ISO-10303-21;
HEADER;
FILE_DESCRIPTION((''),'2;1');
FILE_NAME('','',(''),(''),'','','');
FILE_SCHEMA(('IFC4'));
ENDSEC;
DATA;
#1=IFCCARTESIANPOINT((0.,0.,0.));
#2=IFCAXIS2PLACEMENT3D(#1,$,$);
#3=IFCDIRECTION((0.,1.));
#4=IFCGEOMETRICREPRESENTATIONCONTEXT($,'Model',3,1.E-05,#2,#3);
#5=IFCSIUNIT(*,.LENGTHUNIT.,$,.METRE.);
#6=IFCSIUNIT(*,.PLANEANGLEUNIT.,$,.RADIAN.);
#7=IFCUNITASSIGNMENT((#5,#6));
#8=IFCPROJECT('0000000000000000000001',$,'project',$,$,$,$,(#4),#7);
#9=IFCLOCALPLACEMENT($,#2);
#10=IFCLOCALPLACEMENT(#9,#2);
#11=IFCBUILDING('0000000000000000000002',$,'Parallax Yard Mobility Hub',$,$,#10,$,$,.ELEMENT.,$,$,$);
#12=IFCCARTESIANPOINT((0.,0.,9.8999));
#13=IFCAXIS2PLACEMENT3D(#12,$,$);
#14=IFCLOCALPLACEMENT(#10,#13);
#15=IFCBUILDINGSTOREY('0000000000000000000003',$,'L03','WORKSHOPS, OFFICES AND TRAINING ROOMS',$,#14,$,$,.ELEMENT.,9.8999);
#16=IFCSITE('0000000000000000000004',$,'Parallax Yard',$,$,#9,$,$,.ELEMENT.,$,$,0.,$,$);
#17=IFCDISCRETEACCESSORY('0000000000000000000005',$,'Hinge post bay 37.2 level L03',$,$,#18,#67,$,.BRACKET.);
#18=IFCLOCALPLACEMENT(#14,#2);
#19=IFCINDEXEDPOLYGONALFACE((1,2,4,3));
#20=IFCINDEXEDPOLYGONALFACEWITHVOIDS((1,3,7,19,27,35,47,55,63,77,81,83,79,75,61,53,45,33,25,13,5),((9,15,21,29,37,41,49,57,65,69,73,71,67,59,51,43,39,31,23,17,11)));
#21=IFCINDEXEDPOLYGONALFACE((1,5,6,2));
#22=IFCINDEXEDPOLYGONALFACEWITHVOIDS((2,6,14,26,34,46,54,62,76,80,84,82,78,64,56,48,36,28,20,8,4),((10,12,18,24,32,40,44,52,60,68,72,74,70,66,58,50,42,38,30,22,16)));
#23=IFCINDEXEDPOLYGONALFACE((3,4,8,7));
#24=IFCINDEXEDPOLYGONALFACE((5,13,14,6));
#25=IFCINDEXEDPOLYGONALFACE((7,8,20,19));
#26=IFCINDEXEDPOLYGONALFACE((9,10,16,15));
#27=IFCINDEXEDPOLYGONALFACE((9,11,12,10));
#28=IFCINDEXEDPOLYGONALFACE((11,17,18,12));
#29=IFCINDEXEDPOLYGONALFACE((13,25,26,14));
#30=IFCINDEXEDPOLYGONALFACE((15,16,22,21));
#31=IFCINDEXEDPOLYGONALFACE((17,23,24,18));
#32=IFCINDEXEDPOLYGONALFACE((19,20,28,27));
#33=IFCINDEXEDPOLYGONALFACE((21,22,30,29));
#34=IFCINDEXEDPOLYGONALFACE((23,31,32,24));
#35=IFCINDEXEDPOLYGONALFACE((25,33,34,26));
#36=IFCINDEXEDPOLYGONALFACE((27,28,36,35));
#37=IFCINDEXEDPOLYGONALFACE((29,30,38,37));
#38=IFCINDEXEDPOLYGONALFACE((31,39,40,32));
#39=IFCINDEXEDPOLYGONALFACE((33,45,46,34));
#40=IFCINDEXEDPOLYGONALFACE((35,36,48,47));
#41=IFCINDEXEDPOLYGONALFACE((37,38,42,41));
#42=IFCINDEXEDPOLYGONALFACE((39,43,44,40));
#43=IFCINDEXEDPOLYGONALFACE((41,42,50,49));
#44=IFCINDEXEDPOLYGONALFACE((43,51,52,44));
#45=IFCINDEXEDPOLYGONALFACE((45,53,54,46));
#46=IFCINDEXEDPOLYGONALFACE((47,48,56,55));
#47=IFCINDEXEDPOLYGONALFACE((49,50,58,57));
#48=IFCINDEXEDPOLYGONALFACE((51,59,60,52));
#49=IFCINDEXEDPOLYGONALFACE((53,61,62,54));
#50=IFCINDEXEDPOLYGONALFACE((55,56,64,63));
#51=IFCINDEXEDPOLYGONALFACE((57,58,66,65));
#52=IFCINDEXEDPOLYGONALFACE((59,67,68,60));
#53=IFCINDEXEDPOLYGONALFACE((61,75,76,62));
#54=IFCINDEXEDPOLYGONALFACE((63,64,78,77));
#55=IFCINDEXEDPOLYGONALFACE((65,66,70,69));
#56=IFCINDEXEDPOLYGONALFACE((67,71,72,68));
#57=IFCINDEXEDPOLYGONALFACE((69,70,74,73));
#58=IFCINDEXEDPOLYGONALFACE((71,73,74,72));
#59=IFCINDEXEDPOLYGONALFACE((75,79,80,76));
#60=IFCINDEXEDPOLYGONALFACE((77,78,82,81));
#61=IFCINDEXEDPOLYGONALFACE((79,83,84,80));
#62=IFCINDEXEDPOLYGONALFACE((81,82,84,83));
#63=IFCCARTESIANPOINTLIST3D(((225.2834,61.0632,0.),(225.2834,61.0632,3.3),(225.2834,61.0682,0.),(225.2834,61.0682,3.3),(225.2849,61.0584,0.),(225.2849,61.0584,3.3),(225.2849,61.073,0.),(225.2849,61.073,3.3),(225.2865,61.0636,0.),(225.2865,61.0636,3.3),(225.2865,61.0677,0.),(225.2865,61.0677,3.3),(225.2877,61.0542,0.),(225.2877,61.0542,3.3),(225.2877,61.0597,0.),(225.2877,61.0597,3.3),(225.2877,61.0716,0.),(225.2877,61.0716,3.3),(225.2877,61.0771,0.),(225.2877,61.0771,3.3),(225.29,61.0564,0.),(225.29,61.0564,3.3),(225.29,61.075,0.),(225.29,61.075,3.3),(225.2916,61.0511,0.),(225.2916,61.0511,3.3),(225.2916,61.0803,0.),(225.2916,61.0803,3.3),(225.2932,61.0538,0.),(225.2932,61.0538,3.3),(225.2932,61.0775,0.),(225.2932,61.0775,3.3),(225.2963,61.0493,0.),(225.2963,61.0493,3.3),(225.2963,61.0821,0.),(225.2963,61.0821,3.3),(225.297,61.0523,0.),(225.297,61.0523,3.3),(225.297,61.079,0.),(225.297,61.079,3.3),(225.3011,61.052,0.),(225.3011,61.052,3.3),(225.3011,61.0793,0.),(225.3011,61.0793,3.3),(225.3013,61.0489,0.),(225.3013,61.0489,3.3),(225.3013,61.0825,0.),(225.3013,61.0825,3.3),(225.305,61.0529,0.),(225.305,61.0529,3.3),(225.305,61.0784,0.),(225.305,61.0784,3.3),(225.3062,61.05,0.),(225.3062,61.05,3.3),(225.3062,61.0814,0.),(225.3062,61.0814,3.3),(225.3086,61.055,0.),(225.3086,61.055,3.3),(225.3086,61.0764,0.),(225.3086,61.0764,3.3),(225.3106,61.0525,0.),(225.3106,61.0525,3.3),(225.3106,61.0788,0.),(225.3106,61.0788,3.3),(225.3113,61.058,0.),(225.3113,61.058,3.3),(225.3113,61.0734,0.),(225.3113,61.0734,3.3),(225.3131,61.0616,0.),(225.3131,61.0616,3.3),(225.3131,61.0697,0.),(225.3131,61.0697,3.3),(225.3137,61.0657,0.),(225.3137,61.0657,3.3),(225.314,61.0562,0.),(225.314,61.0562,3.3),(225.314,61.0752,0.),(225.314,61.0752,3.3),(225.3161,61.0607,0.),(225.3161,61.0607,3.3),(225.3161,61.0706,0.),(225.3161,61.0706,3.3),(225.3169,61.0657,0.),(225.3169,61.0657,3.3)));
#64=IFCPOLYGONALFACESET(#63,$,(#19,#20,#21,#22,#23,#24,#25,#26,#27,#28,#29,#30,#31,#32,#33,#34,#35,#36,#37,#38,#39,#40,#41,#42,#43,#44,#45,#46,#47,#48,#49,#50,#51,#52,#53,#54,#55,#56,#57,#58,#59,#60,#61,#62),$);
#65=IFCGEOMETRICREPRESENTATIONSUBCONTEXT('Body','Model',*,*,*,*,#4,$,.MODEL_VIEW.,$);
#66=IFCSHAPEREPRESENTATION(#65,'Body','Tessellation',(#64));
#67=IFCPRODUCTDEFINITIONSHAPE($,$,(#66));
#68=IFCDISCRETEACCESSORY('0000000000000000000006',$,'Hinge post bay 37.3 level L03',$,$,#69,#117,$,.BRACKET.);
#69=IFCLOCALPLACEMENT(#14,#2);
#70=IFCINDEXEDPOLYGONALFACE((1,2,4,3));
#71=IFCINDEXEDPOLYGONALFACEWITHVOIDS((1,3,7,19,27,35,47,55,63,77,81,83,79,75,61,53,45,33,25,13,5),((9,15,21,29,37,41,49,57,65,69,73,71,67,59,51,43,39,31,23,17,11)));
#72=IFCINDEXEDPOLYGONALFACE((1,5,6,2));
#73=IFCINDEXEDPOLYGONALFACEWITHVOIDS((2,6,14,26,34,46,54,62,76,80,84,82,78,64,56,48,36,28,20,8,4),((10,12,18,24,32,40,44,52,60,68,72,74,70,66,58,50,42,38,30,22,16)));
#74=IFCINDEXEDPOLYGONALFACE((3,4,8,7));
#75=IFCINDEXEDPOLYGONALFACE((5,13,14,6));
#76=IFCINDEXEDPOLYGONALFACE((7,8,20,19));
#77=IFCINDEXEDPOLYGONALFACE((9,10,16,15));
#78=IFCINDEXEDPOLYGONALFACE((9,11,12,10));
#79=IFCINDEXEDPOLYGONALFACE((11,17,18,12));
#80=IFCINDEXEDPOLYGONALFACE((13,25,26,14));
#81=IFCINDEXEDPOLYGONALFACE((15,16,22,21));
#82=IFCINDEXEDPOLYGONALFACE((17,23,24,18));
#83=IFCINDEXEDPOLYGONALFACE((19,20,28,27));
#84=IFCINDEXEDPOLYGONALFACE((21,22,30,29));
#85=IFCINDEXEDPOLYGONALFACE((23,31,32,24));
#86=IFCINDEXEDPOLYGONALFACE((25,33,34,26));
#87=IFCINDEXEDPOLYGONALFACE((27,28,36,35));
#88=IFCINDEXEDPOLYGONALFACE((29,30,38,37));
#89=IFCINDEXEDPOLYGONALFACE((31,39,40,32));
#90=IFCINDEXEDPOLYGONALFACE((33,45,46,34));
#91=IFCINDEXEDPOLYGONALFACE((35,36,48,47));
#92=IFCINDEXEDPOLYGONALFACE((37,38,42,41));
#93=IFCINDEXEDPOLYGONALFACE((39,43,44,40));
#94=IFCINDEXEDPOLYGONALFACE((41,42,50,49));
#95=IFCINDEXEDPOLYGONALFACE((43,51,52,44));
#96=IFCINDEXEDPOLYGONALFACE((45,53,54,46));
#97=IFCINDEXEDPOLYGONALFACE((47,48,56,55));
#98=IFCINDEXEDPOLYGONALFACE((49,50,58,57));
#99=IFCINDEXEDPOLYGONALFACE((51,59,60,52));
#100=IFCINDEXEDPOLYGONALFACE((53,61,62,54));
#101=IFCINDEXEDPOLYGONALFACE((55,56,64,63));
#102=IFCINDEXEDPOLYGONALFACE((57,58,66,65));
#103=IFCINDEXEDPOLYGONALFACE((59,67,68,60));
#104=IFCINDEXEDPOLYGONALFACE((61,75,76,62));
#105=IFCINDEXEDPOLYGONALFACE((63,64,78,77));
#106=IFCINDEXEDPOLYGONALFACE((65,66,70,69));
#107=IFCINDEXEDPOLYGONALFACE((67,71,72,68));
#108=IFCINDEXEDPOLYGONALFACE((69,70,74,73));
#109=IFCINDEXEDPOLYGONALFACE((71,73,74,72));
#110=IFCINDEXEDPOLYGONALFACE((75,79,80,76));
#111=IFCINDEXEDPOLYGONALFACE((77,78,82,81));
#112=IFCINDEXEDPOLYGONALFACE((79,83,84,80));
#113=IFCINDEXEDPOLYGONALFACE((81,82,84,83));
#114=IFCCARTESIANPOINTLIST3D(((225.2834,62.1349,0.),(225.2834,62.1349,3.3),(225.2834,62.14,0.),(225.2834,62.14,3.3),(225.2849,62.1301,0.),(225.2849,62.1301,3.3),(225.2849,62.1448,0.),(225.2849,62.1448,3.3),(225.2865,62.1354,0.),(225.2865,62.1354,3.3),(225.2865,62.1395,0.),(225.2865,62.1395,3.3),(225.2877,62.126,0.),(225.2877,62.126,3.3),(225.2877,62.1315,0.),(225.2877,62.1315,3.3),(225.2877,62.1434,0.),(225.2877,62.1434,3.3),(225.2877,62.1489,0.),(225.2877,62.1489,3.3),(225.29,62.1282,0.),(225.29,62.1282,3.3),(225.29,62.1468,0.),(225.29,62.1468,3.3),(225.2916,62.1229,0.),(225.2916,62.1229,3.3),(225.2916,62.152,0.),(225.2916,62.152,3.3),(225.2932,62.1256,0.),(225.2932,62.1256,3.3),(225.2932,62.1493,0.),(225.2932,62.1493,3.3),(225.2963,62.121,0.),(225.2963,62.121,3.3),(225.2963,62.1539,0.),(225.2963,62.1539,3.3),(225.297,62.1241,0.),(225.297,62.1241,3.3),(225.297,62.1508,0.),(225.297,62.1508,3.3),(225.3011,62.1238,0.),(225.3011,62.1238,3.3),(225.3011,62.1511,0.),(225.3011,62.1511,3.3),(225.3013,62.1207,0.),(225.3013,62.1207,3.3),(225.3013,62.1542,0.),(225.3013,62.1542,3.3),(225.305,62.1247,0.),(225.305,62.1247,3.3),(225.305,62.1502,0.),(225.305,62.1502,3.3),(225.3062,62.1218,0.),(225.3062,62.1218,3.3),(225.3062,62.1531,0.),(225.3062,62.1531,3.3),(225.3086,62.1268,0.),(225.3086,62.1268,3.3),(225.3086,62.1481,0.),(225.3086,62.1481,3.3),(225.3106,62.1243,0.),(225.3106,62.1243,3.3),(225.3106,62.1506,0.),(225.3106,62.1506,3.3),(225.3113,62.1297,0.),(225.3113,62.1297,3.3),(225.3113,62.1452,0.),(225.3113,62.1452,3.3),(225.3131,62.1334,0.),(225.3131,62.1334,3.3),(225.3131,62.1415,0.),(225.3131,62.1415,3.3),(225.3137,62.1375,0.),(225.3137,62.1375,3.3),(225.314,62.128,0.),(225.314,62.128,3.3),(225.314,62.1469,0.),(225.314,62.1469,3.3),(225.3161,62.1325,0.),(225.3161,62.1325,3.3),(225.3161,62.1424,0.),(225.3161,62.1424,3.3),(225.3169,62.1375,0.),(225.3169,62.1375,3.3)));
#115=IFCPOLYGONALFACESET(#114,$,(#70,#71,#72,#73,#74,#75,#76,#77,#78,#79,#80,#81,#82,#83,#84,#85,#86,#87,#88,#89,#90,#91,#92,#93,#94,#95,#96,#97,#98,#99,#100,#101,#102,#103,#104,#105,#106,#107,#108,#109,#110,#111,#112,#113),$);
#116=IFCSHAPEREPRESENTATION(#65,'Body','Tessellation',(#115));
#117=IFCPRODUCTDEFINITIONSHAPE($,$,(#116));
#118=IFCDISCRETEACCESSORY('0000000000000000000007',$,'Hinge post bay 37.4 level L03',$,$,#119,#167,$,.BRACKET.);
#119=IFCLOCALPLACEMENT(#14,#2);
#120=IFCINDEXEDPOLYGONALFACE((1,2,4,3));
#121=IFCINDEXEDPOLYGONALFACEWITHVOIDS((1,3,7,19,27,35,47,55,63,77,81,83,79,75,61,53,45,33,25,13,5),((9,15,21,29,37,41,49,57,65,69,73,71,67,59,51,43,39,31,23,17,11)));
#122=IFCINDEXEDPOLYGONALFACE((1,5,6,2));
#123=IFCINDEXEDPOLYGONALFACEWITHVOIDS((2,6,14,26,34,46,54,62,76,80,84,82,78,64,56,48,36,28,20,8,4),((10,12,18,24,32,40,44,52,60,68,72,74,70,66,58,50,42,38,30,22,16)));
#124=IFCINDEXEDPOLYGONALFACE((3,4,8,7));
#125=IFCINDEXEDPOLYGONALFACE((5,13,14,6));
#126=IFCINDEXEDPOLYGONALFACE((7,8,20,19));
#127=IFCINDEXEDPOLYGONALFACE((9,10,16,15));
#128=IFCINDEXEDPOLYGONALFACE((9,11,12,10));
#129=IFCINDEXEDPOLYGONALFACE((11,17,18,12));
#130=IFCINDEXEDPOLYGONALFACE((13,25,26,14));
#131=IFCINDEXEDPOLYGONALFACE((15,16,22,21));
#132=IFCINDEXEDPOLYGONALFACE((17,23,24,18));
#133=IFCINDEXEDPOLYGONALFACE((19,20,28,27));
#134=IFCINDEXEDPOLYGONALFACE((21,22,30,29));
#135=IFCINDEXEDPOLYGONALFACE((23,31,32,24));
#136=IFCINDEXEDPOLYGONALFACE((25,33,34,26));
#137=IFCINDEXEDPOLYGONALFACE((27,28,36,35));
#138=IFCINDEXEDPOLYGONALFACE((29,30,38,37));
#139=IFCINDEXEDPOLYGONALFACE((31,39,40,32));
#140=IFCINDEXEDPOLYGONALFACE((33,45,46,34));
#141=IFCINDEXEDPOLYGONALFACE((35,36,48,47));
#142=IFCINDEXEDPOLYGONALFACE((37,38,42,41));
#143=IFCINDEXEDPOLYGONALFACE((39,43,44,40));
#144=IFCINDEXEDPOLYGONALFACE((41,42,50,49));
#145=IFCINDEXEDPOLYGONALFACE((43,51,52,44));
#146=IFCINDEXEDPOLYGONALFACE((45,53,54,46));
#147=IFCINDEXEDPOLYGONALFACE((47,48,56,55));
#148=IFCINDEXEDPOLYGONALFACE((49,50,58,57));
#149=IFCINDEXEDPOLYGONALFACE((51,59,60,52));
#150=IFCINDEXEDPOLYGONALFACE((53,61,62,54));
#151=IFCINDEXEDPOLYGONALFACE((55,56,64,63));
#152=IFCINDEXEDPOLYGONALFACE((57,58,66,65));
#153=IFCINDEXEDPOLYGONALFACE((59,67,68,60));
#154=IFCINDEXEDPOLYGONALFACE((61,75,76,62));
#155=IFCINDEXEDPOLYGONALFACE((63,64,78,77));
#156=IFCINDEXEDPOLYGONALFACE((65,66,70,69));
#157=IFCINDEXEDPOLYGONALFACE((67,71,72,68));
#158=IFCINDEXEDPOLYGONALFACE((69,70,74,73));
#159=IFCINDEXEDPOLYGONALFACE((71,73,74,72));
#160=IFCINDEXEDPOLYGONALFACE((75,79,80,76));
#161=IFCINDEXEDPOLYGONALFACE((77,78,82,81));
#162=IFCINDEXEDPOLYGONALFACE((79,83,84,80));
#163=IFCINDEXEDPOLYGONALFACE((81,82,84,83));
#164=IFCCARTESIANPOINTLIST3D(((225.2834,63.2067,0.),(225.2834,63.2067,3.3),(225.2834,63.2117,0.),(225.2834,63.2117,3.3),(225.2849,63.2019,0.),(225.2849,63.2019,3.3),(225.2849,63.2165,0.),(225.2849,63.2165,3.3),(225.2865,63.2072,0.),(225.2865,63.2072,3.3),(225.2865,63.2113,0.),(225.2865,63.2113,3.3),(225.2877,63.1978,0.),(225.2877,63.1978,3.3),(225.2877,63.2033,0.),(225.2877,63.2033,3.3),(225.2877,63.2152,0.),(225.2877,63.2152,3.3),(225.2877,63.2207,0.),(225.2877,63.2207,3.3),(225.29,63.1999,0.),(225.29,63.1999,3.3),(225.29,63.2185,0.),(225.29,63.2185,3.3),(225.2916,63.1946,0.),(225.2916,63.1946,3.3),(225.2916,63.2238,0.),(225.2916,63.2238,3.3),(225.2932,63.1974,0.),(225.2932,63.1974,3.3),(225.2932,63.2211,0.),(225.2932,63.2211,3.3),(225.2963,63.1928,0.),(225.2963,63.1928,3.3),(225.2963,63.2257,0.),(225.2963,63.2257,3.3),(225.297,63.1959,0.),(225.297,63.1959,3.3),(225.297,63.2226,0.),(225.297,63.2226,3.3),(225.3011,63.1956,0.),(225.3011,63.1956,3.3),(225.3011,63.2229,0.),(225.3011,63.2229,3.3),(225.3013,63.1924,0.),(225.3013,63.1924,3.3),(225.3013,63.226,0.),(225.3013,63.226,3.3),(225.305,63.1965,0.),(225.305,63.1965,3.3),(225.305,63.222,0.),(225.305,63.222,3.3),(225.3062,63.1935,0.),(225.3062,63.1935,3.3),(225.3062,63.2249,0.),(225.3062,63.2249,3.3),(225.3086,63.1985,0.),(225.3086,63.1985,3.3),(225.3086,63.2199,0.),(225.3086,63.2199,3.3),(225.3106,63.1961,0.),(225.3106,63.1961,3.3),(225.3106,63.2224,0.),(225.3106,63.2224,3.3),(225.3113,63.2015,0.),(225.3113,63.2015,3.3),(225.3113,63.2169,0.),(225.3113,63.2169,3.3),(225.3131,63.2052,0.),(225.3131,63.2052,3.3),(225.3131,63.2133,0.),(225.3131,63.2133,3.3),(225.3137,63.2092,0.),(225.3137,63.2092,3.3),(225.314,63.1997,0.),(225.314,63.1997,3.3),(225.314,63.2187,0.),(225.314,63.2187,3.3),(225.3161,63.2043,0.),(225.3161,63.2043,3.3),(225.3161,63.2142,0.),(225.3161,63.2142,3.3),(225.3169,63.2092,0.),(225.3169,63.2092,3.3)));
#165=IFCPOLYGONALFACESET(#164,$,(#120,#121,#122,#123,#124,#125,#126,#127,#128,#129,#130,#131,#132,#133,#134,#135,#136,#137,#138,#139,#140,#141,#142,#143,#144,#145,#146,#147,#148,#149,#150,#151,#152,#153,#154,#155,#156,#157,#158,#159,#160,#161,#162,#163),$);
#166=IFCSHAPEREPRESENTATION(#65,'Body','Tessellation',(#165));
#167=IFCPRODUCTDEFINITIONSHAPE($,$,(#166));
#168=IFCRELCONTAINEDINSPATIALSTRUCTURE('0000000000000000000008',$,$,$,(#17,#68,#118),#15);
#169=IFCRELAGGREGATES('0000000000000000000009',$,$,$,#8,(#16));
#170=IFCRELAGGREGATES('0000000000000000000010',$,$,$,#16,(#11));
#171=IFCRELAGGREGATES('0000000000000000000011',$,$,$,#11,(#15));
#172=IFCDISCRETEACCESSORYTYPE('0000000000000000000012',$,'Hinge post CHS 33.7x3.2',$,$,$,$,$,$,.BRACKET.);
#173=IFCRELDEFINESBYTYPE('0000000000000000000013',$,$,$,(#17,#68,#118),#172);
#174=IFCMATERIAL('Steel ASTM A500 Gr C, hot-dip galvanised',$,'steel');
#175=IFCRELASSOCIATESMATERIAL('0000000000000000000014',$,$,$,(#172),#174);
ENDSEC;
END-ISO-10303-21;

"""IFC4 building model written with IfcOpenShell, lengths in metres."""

from ifc_helpers import new_model, si_unit, direction, frame, origin, origin_2d, place, context, subcontext, project, spatial, hollow_circle, extrude, material, material_profile, profile_set, type_object, element, save


model = new_model("IFC4")

# Units and contexts
model_context = context("Model", 3, precision=1e-05, world=origin(), true_north=direction((0.0, 1.0)))
body_context = subcontext(model_context, "Body", "Model", "MODEL_VIEW")
ifc_project = project(units=[si_unit("LENGTHUNIT", "METRE"), si_unit("PLANEANGLEUNIT", "RADIAN")], contexts=[model_context])

# Site, building, storey
site_placement = place(None, origin())
site = spatial("IfcSite", under=ifc_project, at=site_placement, Name="Parallax Yard", CompositionType="ELEMENT", RefElevation=0.0)
building_placement = place(site_placement, origin())
building = spatial("IfcBuilding", under=site, at=building_placement, Name="Parallax Yard Mobility Hub", CompositionType="ELEMENT")
storey_placement = place(building_placement, frame((0.0, 0.0, 9.8999)))
storey = spatial("IfcBuildingStorey", under=building, at=storey_placement, Name="L03", Description="WORKSHOPS, OFFICES AND TRAINING ROOMS", CompositionType="ELEMENT", Elevation=9.8999)

# Discrete accessories
ifc_material_1 = material(Name="Steel ASTM A500 Gr C, hot-dip galvanised", Category="steel")
ifc_material_profile_1 = material_profile(ifc_material_1, hollow_circle(Radius=0.0168, WallThickness=0.0032, at=origin_2d()), Name="CHS 33.7x3.2")
ifc_profile_set_1 = profile_set([ifc_material_profile_1], Name="Steel ASTM A500 Gr C, hot-dip galvanised")
discrete_accessory_type_1 = type_object("IfcDiscreteAccessoryType", Name="Hinge post CHS 33.7x3.2", PredefinedType="BRACKET", material=ifc_profile_set_1)
for number, where, z_axis, x_axis, name in (
    (1, (225.3, 61.0657, 0.0), (0.0, 0.0, 1.0), (1.0, 0.0, 0.0), "Hinge post bay 37.2 level L03"),
    (2, (225.3, 62.1375, 0.0), (0.0, 0.0, 1.0), (1.0, 0.0, 0.0), "Hinge post bay 37.3 level L03"),
    (3, (225.3, 63.2092, 0.0), (0.0, 0.0, 1.0), (1.0, 0.0, 0.0), "Hinge post bay 37.4 level L03"),
):
    element("IfcDiscreteAccessory", number, at=place(storey_placement, frame(where, z_axis=z_axis, x_axis=x_axis)), inside=storey, type_object=discrete_accessory_type_1, Name=name, PredefinedType="BRACKET", context=body_context, shape_type="SweptSolid", body=[
        extrude(hollow_circle(Radius=0.0168, WallThickness=0.0032, at=origin_2d()), origin(), (0.0, 0.0, 1.0), 3.3),
    ])

save(model, "model.ifc")
